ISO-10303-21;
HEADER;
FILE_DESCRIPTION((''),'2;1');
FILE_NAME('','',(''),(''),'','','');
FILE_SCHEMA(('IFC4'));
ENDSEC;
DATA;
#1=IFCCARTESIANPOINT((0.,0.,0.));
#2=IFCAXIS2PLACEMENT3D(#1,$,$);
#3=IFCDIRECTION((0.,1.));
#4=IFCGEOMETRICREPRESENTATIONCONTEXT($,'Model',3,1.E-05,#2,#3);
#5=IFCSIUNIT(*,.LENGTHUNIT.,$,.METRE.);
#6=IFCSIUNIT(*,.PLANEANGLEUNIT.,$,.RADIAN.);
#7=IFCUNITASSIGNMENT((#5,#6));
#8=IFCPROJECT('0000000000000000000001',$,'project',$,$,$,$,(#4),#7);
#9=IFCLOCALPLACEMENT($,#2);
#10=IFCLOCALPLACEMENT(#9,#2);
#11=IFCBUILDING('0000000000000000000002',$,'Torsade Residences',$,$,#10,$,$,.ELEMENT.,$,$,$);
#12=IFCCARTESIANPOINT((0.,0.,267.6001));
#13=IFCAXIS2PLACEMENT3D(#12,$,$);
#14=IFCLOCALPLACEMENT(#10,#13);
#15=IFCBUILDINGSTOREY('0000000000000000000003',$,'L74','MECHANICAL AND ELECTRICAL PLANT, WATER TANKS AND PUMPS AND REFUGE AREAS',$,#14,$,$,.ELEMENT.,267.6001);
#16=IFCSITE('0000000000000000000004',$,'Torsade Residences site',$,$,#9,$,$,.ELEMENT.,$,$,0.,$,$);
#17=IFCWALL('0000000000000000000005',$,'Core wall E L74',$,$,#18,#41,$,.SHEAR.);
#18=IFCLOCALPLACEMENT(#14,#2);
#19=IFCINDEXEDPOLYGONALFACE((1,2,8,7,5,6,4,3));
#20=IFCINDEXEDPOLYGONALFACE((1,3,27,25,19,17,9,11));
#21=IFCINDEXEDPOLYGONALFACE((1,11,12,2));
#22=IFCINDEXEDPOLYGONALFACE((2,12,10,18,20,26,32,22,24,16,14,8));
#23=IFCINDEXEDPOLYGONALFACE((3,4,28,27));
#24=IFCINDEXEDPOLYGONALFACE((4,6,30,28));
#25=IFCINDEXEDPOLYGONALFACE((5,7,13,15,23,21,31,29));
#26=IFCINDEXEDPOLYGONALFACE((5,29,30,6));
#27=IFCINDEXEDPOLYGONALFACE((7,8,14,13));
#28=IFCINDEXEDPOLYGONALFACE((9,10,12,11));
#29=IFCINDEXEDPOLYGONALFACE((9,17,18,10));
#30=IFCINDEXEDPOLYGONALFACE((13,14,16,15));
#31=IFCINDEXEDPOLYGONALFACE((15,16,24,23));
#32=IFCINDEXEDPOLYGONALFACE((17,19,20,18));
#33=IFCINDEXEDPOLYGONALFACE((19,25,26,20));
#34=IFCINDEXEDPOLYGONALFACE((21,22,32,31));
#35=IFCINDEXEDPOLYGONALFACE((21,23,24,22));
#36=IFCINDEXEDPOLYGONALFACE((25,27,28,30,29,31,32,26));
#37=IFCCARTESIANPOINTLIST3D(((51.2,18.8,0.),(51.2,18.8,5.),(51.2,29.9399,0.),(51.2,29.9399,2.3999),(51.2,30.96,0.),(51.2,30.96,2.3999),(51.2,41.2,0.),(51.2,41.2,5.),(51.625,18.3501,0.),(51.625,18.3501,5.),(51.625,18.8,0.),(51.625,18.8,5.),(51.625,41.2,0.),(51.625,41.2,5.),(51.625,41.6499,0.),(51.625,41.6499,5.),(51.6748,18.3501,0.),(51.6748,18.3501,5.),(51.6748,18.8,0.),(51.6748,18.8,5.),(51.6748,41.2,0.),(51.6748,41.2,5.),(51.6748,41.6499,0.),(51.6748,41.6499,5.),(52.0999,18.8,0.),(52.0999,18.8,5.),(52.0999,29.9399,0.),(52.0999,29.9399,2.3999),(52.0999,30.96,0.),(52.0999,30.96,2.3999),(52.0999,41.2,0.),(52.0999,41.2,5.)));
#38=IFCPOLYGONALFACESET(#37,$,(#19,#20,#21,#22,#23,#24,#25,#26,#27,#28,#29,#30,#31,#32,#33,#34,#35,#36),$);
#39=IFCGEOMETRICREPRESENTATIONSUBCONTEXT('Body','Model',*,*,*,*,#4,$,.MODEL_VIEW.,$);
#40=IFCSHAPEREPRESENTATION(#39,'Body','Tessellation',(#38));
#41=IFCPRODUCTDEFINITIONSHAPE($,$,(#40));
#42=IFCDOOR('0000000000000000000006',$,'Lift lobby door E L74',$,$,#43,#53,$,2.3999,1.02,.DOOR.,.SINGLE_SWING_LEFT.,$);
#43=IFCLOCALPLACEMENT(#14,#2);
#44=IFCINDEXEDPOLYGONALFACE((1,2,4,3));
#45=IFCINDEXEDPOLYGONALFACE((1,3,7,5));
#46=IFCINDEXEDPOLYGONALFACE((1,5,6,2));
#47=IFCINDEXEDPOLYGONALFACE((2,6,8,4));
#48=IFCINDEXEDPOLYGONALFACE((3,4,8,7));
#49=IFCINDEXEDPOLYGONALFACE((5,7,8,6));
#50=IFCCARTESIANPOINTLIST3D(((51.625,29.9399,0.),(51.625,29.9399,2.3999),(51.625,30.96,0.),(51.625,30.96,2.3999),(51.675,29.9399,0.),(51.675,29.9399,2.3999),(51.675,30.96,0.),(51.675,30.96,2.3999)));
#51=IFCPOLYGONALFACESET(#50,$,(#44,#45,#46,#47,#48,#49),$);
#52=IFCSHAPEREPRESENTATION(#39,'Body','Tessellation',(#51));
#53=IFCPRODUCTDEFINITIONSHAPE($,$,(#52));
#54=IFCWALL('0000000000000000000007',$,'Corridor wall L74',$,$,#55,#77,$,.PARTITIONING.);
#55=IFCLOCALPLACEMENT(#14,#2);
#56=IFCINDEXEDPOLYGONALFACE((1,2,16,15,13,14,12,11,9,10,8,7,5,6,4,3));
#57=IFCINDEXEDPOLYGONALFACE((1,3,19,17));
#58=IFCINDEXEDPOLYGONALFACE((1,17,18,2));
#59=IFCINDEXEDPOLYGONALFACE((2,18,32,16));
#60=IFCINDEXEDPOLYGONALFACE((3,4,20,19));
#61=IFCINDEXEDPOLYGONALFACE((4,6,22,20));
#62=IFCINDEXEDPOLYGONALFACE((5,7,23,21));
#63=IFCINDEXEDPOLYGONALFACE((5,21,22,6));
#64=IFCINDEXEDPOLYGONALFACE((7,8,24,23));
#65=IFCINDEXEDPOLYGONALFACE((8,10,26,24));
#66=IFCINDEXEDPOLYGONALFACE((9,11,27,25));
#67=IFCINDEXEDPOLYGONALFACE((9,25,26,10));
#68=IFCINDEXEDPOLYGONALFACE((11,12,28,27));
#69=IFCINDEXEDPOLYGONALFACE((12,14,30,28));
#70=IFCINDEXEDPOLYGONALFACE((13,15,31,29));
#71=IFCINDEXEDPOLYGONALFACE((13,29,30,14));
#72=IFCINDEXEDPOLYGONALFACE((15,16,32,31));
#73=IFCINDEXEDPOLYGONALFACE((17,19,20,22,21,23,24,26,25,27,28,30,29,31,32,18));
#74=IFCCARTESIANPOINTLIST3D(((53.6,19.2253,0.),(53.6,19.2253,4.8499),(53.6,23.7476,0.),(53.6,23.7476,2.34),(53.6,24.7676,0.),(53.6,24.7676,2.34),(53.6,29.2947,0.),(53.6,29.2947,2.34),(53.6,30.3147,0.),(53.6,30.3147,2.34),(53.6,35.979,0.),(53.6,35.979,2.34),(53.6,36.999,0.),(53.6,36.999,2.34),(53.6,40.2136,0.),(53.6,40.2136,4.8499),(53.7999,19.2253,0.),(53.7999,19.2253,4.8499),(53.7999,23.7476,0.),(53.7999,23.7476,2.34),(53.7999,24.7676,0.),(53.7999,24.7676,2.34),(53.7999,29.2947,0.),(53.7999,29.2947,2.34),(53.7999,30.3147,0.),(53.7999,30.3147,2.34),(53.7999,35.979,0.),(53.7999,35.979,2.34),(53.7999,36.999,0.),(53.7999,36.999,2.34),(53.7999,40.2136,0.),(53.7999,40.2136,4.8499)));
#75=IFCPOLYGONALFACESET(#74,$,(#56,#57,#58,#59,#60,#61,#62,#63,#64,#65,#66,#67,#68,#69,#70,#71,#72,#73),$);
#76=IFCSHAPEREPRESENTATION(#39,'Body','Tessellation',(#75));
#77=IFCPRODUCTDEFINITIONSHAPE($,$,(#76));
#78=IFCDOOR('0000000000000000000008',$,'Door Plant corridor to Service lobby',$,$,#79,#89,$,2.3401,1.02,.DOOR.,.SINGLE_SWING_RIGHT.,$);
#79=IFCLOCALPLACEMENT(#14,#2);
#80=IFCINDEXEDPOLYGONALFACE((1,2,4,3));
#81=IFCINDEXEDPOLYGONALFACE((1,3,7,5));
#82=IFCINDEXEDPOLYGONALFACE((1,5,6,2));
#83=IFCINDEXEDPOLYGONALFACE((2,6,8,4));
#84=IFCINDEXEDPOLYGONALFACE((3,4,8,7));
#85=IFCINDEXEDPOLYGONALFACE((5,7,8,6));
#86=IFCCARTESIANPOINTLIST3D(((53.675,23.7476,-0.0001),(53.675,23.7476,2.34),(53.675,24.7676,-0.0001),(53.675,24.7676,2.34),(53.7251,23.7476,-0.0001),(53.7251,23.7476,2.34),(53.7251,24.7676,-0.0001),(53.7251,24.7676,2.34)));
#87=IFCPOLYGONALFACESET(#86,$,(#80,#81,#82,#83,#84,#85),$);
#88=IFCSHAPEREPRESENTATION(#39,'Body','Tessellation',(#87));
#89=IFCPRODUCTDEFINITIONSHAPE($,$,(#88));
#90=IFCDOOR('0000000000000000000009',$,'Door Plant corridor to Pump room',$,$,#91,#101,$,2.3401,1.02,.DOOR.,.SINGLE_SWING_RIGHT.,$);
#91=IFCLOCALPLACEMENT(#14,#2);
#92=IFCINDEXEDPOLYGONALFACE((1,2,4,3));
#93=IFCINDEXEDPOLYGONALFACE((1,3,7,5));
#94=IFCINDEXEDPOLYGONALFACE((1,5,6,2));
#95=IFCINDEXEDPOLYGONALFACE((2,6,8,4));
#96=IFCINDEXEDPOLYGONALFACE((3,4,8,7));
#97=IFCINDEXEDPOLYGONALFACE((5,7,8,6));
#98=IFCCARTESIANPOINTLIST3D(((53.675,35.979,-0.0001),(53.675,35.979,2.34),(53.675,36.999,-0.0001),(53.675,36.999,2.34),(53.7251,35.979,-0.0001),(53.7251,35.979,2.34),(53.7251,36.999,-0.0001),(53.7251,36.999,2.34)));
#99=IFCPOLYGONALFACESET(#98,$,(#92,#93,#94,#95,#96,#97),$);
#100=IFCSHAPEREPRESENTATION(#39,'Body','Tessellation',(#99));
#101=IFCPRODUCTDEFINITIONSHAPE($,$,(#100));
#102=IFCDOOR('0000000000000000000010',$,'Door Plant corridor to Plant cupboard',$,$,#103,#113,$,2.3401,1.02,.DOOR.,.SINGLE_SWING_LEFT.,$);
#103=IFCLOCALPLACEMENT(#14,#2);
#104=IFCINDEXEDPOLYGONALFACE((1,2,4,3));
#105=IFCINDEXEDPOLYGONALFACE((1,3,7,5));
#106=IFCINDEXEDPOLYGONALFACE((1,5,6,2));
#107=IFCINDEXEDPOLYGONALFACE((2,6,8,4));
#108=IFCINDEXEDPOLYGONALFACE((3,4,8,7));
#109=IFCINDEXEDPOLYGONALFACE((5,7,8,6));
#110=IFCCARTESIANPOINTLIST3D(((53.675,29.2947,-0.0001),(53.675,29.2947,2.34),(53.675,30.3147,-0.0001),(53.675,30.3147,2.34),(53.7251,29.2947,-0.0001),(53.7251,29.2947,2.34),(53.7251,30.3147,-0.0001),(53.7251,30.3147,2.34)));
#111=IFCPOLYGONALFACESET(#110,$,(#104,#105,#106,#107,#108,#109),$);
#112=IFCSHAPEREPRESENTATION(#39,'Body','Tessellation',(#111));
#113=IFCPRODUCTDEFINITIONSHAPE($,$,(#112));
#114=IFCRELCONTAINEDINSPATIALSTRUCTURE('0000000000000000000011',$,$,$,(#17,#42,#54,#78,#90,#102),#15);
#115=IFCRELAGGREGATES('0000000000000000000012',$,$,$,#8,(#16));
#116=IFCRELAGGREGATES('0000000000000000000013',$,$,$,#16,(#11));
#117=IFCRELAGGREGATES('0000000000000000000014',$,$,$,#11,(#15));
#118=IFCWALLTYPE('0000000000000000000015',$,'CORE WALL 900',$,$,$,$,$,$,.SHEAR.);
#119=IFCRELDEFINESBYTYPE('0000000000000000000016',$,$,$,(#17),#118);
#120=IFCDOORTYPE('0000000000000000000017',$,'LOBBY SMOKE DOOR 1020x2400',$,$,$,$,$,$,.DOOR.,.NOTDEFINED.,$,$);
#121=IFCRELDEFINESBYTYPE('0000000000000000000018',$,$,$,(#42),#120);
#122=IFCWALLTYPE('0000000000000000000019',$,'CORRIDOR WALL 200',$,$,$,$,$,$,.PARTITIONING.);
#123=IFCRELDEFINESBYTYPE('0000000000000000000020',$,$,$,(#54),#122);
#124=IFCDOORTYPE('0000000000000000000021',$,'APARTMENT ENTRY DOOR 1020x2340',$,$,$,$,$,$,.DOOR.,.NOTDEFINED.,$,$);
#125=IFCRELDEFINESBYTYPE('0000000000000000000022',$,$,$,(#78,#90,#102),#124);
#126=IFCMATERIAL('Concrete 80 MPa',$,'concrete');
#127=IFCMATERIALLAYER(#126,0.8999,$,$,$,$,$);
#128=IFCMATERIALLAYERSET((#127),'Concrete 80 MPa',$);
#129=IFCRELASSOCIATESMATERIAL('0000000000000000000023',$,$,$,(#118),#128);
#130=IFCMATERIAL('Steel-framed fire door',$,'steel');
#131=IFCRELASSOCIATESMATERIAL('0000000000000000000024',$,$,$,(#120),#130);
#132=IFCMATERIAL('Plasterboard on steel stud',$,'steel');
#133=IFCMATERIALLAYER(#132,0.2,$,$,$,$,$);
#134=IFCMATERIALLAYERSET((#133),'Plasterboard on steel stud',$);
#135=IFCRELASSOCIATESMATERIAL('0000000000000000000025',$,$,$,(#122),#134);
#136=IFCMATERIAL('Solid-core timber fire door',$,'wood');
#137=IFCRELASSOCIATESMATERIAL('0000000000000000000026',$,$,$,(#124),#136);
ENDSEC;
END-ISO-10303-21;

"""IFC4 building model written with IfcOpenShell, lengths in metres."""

from ifc_helpers import new_model, si_unit, direction, frame, frame_2d, origin, place, context, subcontext, project, spatial, polyline, rectangle, outline, extrude, material, layer, layer_set, type_object, element, fill, save


model = new_model("IFC4")

# Units and contexts
model_context = context("Model", 3, precision=1e-05, world=origin(), true_north=direction((0.0, 1.0)))
body_context = subcontext(model_context, "Body", "Model", "MODEL_VIEW")
ifc_project = project(units=[si_unit("LENGTHUNIT", "METRE"), si_unit("PLANEANGLEUNIT", "RADIAN")], contexts=[model_context])

# Site, building, storey
site_placement = place(None, origin())
site = spatial("IfcSite", under=ifc_project, at=site_placement, Name="Torsade Residences site", CompositionType="ELEMENT", RefElevation=0.0)
building_placement = place(site_placement, origin())
building = spatial("IfcBuilding", under=site, at=building_placement, Name="Torsade Residences", CompositionType="ELEMENT")
storey_placement = place(building_placement, frame((0.0, 0.0, 267.6001)))
storey = spatial("IfcBuildingStorey", under=building, at=storey_placement, Name="L74", Description="MECHANICAL AND ELECTRICAL PLANT, WATER TANKS AND PUMPS AND REFUGE AREAS", CompositionType="ELEMENT", Elevation=267.6001)

# Shared definitions
ifc_material_1 = material(Name="Concrete 80 MPa", Category="concrete")
ifc_layer_1 = layer(ifc_material_1, 0.8999)
ifc_layer_set_1 = layer_set([ifc_layer_1], Name="Concrete 80 MPa")
wall_type_1 = type_object("IfcWallType", Name="CORE WALL 900", PredefinedType="SHEAR", material=ifc_layer_set_1)

# Wall, opening, door
wall_1_placement = place(storey_placement, frame((51.6499, 18.8, 0.0), z_axis=(0.0, 0.0, 1.0), x_axis=(0.0, 1.0, 0.0)))
wall_1 = element("IfcWall", 1, at=wall_1_placement, inside=storey, type_object=wall_type_1, Name="Core wall E L74", PredefinedType="SHEAR", context=body_context, shape_type="SweptSolid", body=[
    extrude(outline(polyline([(0.0, -0.45), (22.3999, -0.45), (22.3999, -0.0249), (22.8499, -0.0249), (22.8499, 0.0249), (22.3999, 0.0249), (22.3999, 0.45), (0.0, 0.45), (0.0, 0.0249), (-0.45, 0.0249), (-0.45, -0.0249), (0.0, -0.0249), (0.0, -0.45)])), origin(), (0.0, 0.0, 1.0), 5.0),
])
opening_1_placement = place(wall_1_placement, frame((11.1399, 0.0, 0.0)))
opening_1 = element("IfcOpeningElement", 2, at=opening_1_placement, cuts=wall_1, PredefinedType="OPENING", context=body_context, shape_type="SweptSolid", body=[
    extrude(rectangle(XDim=1.02, YDim=2.3999, at=frame_2d((0.51, 1.2))), frame((0.0, 0.46, 0.0), z_axis=(0.0, -1.0, 0.0), x_axis=(1.0, 0.0, 0.0)), (0.0, 0.0, 1.0), 0.9199),
])
ifc_material_2 = material(Name="Steel-framed fire door", Category="steel")
door_type_1 = type_object("IfcDoorType", Name="LOBBY SMOKE DOOR 1020x2400", OperationType="NOTDEFINED", PredefinedType="DOOR", material=ifc_material_2)
door_1_placement = place(opening_1_placement, origin())
door_1 = element("IfcDoor", 3, at=door_1_placement, inside=storey, type_object=door_type_1, Name="Lift lobby door E L74", OperationType="SINGLE_SWING_LEFT", OverallHeight=2.3999, OverallWidth=1.02, PredefinedType="DOOR", context=body_context, shape_type="SweptSolid", body=[
    extrude(rectangle(XDim=1.02, YDim=2.3999, at=frame_2d((0.51, 1.2))), frame((0.0, 0.0249, 0.0), z_axis=(0.0, -1.0, 0.0), x_axis=(1.0, 0.0, 0.0)), (0.0, 0.0, 1.0), 0.05),
])
fill(opening_1, door_1)

# Wall, openings, doors
ifc_material_3 = material(Name="Plasterboard on steel stud", Category="steel")
ifc_layer_2 = layer(ifc_material_3, 0.2)
ifc_layer_set_2 = layer_set([ifc_layer_2], Name="Plasterboard on steel stud")
wall_type_2 = type_object("IfcWallType", Name="CORRIDOR WALL 200", PredefinedType="PARTITIONING", material=ifc_layer_set_2)
wall_2_placement = place(storey_placement, frame((53.7, 19.2253, 0.0), z_axis=(0.0, 0.0, 1.0), x_axis=(0.0, 1.0, 0.0)))
wall_2 = element("IfcWall", 4, at=wall_2_placement, inside=storey, type_object=wall_type_2, Name="Corridor wall L74", PredefinedType="PARTITIONING", context=body_context, shape_type="SweptSolid", body=[
    extrude(rectangle(XDim=20.9883, YDim=0.2, at=frame_2d((10.4941, 0.0))), origin(), (0.0, 0.0, 1.0), 4.8499),
])
opening_2_placement = place(wall_2_placement, frame((4.5222, 0.0, 0.0)))
opening_2 = element("IfcOpeningElement", 5, at=opening_2_placement, cuts=wall_2, PredefinedType="OPENING", context=body_context, shape_type="SweptSolid", body=[
    extrude(rectangle(XDim=1.02, YDim=2.3401, at=frame_2d((0.51, 1.1699))), frame((0.0, 0.1099, 0.0), z_axis=(0.0, -1.0, 0.0), x_axis=(1.0, 0.0, 0.0)), (0.0, 0.0, 1.0), 0.22),
])
opening_3_placement = place(wall_2_placement, frame((16.7537, 0.0, 0.0)))
opening_3 = element("IfcOpeningElement", 6, at=opening_3_placement, cuts=wall_2, PredefinedType="OPENING", context=body_context, shape_type="SweptSolid", body=[
    extrude(rectangle(XDim=1.02, YDim=2.3401, at=frame_2d((0.51, 1.1699))), frame((0.0, 0.1099, 0.0), z_axis=(0.0, -1.0, 0.0), x_axis=(1.0, 0.0, 0.0)), (0.0, 0.0, 1.0), 0.22),
])
opening_4_placement = place(wall_2_placement, frame((10.0693, 0.0, 0.0)))
opening_4 = element("IfcOpeningElement", 7, at=opening_4_placement, cuts=wall_2, PredefinedType="OPENING", context=body_context, shape_type="SweptSolid", body=[
    extrude(rectangle(XDim=1.02, YDim=2.3401, at=frame_2d((0.51, 1.1699))), frame((0.0, 0.1099, 0.0), z_axis=(0.0, -1.0, 0.0), x_axis=(1.0, 0.0, 0.0)), (0.0, 0.0, 1.0), 0.22),
])
ifc_material_4 = material(Name="Solid-core timber fire door", Category="wood")
door_type_2 = type_object("IfcDoorType", Name="APARTMENT ENTRY DOOR 1020x2340", OperationType="NOTDEFINED", PredefinedType="DOOR", material=ifc_material_4)
door_2_placement = place(opening_2_placement, origin())
door_2 = element("IfcDoor", 8, at=door_2_placement, inside=storey, type_object=door_type_2, Name="Door Plant corridor to Service lobby", OperationType="SINGLE_SWING_RIGHT", OverallHeight=2.3401, OverallWidth=1.02, PredefinedType="DOOR", context=body_context, shape_type="SweptSolid", body=[
    extrude(rectangle(XDim=1.02, YDim=2.3401, at=frame_2d((0.51, 1.1699))), frame((0.0, 0.0249, 0.0), z_axis=(0.0, -1.0, 0.0), x_axis=(1.0, 0.0, 0.0)), (0.0, 0.0, 1.0), 0.05),
])
fill(opening_2, door_2)
door_3_placement = place(opening_3_placement, origin())
door_3 = element("IfcDoor", 9, at=door_3_placement, inside=storey, type_object=door_type_2, Name="Door Plant corridor to Pump room", OperationType="SINGLE_SWING_RIGHT", OverallHeight=2.3401, OverallWidth=1.02, PredefinedType="DOOR", context=body_context, shape_type="SweptSolid", body=[
    extrude(rectangle(XDim=1.02, YDim=2.3401, at=frame_2d((0.51, 1.1699))), frame((0.0, 0.0249, 0.0), z_axis=(0.0, -1.0, 0.0), x_axis=(1.0, 0.0, 0.0)), (0.0, 0.0, 1.0), 0.05),
])
fill(opening_3, door_3)
door_4_placement = place(opening_4_placement, origin())
door_4 = element("IfcDoor", 10, at=door_4_placement, inside=storey, type_object=door_type_2, Name="Door Plant corridor to Plant cupboard", OperationType="SINGLE_SWING_LEFT", OverallHeight=2.3401, OverallWidth=1.02, PredefinedType="DOOR", context=body_context, shape_type="SweptSolid", body=[
    extrude(rectangle(XDim=1.02, YDim=2.3401, at=frame_2d((0.51, 1.1699))), frame((0.0, 0.0249, 0.0), z_axis=(0.0, -1.0, 0.0), x_axis=(1.0, 0.0, 0.0)), (0.0, 0.0, 1.0), 0.05),
])
fill(opening_4, door_4)

save(model, "model.ifc")
